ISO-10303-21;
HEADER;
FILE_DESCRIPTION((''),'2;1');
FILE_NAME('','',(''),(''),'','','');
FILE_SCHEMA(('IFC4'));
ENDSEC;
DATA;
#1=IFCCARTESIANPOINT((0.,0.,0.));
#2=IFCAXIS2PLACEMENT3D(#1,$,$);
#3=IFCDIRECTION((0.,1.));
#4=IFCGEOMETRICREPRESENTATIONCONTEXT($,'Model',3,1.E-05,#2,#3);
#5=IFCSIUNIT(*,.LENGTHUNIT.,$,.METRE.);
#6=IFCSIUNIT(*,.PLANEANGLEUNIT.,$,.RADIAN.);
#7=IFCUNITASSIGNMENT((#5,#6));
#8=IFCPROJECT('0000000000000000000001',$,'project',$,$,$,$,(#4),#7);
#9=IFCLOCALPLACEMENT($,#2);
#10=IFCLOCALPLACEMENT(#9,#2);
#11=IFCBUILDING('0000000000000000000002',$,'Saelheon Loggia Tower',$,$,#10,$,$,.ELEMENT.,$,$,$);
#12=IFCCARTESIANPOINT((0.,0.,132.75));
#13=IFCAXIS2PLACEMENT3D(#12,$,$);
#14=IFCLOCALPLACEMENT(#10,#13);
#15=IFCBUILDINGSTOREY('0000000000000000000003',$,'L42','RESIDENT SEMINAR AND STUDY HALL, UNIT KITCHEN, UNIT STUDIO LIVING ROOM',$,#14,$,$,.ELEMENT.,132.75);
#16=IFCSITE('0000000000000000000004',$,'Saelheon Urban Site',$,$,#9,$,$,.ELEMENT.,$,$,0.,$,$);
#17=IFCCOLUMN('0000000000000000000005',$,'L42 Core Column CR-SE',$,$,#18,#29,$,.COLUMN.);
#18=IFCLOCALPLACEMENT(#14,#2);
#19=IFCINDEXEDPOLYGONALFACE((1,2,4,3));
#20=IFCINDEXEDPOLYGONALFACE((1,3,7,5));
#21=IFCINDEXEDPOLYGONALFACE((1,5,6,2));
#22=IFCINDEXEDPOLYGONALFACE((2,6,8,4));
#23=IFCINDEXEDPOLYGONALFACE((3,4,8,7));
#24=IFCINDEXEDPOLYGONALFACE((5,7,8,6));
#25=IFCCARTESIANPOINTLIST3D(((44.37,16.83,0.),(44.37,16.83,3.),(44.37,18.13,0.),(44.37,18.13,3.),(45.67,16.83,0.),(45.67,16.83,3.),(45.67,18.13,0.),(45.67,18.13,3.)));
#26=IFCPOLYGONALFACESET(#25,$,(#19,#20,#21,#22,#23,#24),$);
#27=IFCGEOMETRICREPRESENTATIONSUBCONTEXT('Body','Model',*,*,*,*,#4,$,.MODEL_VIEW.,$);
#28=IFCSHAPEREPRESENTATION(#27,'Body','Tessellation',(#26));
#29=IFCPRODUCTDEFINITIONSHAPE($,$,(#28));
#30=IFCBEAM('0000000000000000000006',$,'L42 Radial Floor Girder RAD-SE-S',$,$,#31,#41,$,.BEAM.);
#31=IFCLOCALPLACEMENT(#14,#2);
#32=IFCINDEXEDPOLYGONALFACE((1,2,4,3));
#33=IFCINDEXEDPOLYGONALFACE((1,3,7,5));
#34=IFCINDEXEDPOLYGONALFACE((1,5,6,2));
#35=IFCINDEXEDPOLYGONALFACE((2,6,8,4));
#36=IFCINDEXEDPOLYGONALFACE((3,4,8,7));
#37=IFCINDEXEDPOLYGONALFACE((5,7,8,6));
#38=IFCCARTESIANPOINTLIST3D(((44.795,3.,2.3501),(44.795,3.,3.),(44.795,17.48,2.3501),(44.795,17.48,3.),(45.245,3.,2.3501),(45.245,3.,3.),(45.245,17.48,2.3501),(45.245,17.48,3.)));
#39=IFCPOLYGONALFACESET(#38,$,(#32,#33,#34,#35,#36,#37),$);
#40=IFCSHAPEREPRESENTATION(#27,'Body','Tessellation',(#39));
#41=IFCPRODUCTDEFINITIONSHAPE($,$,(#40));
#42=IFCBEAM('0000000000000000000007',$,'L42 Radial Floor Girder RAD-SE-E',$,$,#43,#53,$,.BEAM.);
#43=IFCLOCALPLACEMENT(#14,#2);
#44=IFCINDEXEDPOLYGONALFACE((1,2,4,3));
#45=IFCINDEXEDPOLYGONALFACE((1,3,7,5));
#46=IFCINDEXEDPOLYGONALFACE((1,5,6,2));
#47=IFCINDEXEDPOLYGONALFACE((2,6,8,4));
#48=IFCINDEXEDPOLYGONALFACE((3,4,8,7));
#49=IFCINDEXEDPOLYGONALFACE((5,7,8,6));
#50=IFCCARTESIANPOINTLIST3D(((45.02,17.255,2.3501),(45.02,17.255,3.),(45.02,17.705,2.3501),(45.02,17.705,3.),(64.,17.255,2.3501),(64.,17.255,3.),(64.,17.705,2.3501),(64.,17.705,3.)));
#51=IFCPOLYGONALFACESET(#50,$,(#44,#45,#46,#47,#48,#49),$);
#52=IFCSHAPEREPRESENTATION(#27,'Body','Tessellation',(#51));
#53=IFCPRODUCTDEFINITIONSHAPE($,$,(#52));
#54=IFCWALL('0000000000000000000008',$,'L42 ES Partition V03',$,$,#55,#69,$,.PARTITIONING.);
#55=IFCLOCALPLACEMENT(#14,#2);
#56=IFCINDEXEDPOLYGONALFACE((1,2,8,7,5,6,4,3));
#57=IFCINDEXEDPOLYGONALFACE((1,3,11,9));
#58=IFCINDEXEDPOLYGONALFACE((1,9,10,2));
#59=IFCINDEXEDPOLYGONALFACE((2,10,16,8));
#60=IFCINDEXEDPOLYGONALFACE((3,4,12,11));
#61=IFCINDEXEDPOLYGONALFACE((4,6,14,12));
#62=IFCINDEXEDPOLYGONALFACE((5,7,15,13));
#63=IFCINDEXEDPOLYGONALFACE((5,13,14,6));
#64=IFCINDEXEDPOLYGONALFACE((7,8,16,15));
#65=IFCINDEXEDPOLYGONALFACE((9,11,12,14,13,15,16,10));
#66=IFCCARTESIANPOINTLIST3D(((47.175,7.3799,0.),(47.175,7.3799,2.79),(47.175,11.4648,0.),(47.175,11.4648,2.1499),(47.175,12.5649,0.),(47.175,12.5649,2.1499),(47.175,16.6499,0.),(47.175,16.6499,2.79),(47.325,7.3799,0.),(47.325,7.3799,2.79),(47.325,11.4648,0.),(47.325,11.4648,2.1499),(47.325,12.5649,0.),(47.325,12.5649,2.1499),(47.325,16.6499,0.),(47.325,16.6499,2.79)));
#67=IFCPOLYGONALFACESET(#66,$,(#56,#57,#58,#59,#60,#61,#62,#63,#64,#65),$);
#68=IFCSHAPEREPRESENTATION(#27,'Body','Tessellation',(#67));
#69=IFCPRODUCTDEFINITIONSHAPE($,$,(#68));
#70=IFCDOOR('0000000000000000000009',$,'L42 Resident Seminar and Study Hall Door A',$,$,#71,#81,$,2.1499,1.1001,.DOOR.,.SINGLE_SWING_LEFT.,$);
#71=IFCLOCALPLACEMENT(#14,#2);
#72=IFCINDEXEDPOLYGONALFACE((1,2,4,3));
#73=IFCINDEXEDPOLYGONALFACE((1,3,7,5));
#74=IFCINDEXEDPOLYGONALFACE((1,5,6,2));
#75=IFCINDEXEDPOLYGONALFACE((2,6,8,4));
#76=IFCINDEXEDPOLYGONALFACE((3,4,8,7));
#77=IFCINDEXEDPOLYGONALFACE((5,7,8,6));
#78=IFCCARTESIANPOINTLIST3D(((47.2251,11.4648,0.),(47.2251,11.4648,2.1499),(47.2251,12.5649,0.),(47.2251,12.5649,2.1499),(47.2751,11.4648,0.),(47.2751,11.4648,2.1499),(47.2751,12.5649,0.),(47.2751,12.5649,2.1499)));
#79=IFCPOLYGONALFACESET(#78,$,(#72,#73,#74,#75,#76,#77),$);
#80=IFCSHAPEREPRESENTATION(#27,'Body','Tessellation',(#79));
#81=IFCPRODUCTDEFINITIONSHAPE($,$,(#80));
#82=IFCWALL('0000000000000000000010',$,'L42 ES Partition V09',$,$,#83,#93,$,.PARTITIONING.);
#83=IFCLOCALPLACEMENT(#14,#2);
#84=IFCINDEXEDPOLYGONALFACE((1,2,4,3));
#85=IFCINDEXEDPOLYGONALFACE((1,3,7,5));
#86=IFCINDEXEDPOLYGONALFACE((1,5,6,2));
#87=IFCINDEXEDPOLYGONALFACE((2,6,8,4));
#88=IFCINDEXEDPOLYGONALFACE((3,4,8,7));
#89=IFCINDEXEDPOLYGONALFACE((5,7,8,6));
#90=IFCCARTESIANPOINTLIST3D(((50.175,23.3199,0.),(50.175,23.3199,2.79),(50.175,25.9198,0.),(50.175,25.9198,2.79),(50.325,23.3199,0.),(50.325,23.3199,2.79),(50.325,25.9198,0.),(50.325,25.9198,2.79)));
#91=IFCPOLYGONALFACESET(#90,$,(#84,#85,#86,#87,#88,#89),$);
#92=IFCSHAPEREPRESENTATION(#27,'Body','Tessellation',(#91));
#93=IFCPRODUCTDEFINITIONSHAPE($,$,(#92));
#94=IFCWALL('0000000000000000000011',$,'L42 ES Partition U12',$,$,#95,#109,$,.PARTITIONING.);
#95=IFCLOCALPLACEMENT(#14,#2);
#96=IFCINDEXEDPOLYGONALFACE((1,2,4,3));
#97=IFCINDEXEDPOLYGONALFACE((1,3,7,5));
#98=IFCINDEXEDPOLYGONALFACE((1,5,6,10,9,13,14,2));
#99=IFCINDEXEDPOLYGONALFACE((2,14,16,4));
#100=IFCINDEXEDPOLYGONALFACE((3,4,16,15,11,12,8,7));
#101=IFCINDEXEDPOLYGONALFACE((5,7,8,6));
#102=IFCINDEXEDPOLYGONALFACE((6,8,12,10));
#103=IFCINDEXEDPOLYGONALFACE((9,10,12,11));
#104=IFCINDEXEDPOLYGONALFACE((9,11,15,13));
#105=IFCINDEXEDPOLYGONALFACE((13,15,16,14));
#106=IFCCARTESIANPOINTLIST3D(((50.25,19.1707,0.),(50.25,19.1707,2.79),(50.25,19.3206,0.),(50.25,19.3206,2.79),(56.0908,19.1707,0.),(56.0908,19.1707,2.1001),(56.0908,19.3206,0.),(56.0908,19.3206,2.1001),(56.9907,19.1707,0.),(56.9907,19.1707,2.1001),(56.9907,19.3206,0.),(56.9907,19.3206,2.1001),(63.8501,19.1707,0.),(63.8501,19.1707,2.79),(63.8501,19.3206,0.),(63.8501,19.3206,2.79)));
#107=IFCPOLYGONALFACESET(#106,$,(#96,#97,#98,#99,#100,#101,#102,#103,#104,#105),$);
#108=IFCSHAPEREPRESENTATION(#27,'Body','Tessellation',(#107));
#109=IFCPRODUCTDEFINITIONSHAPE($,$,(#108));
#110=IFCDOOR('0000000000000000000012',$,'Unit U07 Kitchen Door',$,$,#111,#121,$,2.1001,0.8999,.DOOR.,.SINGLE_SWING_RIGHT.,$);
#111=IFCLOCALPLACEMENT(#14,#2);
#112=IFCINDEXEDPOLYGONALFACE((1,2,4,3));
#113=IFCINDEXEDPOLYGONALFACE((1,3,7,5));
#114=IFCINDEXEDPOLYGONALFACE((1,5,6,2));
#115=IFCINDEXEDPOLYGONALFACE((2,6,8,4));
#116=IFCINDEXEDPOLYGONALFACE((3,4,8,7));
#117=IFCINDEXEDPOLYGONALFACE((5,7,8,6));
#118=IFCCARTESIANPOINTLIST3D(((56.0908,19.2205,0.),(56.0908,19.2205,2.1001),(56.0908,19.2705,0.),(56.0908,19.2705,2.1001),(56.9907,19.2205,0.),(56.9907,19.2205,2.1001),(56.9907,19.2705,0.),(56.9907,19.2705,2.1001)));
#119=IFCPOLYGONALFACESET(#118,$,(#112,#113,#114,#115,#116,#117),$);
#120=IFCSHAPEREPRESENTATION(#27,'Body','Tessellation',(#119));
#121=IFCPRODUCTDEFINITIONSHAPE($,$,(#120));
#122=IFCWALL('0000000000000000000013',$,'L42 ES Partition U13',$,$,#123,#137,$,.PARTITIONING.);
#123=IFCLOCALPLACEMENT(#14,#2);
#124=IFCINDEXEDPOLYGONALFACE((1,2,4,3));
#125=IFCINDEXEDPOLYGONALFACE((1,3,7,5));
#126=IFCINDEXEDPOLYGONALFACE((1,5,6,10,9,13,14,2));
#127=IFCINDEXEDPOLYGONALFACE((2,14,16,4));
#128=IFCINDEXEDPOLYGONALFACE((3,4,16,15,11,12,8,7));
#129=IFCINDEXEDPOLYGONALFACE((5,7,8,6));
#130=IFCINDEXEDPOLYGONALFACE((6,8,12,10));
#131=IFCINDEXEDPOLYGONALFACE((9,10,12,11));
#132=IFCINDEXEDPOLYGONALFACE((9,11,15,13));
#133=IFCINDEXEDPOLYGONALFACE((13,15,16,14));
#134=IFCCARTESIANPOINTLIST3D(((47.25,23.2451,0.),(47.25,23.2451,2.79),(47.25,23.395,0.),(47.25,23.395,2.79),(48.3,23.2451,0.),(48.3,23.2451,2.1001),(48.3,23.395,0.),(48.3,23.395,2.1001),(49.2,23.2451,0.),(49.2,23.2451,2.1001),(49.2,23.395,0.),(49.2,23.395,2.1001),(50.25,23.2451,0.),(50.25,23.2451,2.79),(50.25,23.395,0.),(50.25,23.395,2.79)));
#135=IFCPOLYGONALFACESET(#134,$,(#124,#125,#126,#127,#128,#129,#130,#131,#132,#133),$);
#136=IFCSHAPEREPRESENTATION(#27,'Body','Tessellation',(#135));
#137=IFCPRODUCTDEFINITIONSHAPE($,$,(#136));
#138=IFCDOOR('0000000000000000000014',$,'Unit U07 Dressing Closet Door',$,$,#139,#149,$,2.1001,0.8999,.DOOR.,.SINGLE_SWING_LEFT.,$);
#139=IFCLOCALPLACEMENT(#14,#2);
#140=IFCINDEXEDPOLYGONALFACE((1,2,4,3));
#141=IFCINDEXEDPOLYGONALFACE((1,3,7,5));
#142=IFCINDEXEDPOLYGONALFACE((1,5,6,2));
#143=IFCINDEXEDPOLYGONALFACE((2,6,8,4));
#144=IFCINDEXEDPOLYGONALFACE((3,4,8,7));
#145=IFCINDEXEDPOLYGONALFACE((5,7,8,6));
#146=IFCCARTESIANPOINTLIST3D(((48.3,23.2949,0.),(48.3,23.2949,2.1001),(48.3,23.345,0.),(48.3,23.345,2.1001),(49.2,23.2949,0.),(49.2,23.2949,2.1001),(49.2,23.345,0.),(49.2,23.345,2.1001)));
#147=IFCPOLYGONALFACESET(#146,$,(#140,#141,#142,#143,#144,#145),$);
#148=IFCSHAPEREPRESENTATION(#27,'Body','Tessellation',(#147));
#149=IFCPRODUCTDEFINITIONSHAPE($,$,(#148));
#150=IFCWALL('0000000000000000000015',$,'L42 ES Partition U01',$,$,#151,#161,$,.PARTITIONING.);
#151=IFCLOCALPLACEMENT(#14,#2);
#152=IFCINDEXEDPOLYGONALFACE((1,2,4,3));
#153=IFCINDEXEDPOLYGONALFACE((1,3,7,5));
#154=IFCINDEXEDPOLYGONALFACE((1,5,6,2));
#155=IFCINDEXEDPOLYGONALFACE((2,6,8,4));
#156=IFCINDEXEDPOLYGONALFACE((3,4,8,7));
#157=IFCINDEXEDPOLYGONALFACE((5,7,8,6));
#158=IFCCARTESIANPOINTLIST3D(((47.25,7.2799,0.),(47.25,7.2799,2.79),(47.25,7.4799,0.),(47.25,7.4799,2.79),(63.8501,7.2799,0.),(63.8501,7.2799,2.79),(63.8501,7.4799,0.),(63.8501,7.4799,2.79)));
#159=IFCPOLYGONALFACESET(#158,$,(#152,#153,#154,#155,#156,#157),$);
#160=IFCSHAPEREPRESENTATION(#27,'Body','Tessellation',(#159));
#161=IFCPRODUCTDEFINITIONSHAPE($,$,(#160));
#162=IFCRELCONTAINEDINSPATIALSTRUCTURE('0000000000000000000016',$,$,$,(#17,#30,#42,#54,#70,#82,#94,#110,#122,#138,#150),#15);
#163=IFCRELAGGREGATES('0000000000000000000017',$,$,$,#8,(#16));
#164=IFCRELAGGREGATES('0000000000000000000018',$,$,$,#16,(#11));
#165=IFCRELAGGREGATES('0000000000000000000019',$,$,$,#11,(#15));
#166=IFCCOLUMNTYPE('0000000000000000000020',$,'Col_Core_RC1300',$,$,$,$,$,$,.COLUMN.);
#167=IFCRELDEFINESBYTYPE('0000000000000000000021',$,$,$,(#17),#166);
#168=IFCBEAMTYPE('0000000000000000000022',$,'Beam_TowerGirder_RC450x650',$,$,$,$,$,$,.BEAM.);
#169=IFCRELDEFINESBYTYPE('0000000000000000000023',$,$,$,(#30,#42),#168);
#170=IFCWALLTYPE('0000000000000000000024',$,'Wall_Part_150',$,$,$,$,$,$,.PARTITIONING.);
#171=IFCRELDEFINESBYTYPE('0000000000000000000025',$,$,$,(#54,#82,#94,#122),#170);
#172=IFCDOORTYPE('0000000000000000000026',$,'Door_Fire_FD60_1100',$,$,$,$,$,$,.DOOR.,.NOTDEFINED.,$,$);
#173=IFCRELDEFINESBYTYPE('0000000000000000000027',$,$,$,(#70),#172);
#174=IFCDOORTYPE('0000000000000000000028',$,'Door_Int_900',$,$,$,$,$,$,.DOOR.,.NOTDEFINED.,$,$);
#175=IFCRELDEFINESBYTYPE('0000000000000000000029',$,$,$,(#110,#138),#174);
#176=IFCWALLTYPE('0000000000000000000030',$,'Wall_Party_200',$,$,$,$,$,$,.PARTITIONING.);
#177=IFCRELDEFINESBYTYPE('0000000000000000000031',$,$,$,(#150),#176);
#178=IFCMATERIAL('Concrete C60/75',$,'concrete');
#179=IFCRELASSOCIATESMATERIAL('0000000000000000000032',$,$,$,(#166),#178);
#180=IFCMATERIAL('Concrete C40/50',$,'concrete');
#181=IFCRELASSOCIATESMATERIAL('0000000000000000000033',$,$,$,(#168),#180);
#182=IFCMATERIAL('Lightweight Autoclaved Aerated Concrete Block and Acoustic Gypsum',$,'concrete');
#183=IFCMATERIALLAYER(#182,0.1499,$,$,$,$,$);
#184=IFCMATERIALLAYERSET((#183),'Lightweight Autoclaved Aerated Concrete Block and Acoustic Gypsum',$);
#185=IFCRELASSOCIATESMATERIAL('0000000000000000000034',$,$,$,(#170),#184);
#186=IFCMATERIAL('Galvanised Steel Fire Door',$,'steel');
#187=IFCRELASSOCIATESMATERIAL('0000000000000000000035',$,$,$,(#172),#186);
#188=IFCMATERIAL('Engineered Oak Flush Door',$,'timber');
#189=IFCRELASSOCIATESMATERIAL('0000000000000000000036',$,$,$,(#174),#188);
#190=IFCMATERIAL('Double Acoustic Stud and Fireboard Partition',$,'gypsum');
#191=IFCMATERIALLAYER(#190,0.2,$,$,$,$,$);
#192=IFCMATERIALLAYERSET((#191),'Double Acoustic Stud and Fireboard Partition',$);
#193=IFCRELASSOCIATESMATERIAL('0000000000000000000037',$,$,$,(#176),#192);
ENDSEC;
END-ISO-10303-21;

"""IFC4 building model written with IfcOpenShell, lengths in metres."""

from ifc_helpers import new_model, si_unit, direction, frame, frame_2d, origin, origin_2d, place, context, subcontext, project, spatial, rectangle, extrude, source, transform, mapped, material, layer, layer_set, material_profile, profile_set, type_object, element, fill, save


model = new_model("IFC4")

# Units and contexts
model_context = context("Model", 3, precision=1e-05, world=origin(), true_north=direction((0.0, 1.0)))
body_context = subcontext(model_context, "Body", "Model", "MODEL_VIEW")
ifc_project = project(units=[si_unit("LENGTHUNIT", "METRE"), si_unit("PLANEANGLEUNIT", "RADIAN")], contexts=[model_context])

# Site, building, storey
site_placement = place(None, origin())
site = spatial("IfcSite", under=ifc_project, at=site_placement, Name="Saelheon Urban Site", CompositionType="ELEMENT", RefElevation=0.0)
building_placement = place(site_placement, origin())
building = spatial("IfcBuilding", under=site, at=building_placement, Name="Saelheon Loggia Tower", CompositionType="ELEMENT")
storey_placement = place(building_placement, frame((0.0, 0.0, 132.75)))
storey = spatial("IfcBuildingStorey", under=building, at=storey_placement, Name="L42", Description="RESIDENT SEMINAR AND STUDY HALL, UNIT KITCHEN, UNIT STUDIO LIVING ROOM", CompositionType="ELEMENT", Elevation=132.75)

# Column
ifc_material_1 = material(Name="Concrete C60/75", Category="concrete")
ifc_material_profile_1 = material_profile(ifc_material_1, rectangle(XDim=1.3, YDim=1.3, at=origin_2d()), Name="RC-1300x1300")
ifc_profile_set_1 = profile_set([ifc_material_profile_1], Name="Concrete C60/75")
column_type = type_object("IfcColumnType", Name="Col_Core_RC1300", PredefinedType="COLUMN", material=ifc_profile_set_1)
shared_shape_1 = source(origin(), body_context, "Body", "SweptSolid", [
    extrude(rectangle(XDim=1.3, YDim=1.3, at=origin_2d()), origin(), (0.0, 0.0, 1.0), 3.0),
])
column_placement = place(storey_placement, frame((45.02, 17.48, 0.0), z_axis=(0.0, 0.0, 1.0), x_axis=(1.0, 0.0, 0.0)))
element("IfcColumn", 1, at=column_placement, inside=storey, type_object=column_type, Name="L42 Core Column CR-SE", PredefinedType="COLUMN", context=body_context, shape_type="MappedRepresentation", body=[
    mapped(shared_shape_1, transform((0.0, 0.0, 0.0), scale=1.0)),
])

# Beams
ifc_material_2 = material(Name="Concrete C40/50", Category="concrete")
ifc_material_profile_2 = material_profile(ifc_material_2, rectangle(XDim=0.45, YDim=0.6499, at=origin_2d()), Name="RC-450x650")
ifc_profile_set_2 = profile_set([ifc_material_profile_2], Name="Concrete C40/50")
beam_type = type_object("IfcBeamType", Name="Beam_TowerGirder_RC450x650", PredefinedType="BEAM", material=ifc_profile_set_2)
shared_shape_2 = source(origin(), body_context, "Body", "SweptSolid", [
    extrude(rectangle(XDim=0.45, YDim=0.6499, at=origin_2d()), origin(), (0.0, 0.0, 1.0), 14.48),
])
beam_1_placement = place(storey_placement, frame((45.02, 17.48, 2.675), z_axis=(0.0, -1.0, 0.0), x_axis=(1.0, 0.0, 0.0)))
element("IfcBeam", 2, at=beam_1_placement, inside=storey, type_object=beam_type, Name="L42 Radial Floor Girder RAD-SE-S", PredefinedType="BEAM", context=body_context, shape_type="MappedRepresentation", body=[
    mapped(shared_shape_2, transform((0.0, 0.0, 0.0), scale=1.0)),
])
shared_shape_3 = source(origin(), body_context, "Body", "SweptSolid", [
    extrude(rectangle(XDim=0.45, YDim=0.6499, at=origin_2d()), origin(), (0.0, 0.0, 1.0), 18.98),
])
beam_2_placement = place(storey_placement, frame((45.02, 17.48, 2.675), z_axis=(1.0, 0.0, 0.0), x_axis=(0.0, 1.0, 0.0)))
element("IfcBeam", 3, at=beam_2_placement, inside=storey, type_object=beam_type, Name="L42 Radial Floor Girder RAD-SE-E", PredefinedType="BEAM", context=body_context, shape_type="MappedRepresentation", body=[
    mapped(shared_shape_3, transform((0.0, 0.0, 0.0), scale=1.0)),
])

# Wall, opening, door
ifc_material_3 = material(Name="Lightweight Autoclaved Aerated Concrete Block and Acoustic Gypsum", Category="concrete")
ifc_layer_1 = layer(ifc_material_3, 0.1499)
ifc_layer_set_1 = layer_set([ifc_layer_1], Name="Lightweight Autoclaved Aerated Concrete Block and Acoustic Gypsum")
wall_type_1 = type_object("IfcWallType", Name="Wall_Part_150", PredefinedType="PARTITIONING", material=ifc_layer_set_1)
wall_1_placement = place(storey_placement, frame((47.25, 7.3799, 0.0), z_axis=(0.0, 0.0, 1.0), x_axis=(0.0, 1.0, 0.0)))
wall_1 = element("IfcWall", 4, at=wall_1_placement, inside=storey, type_object=wall_type_1, Name="L42 ES Partition V03", PredefinedType="PARTITIONING", context=body_context, shape_type="SweptSolid", body=[
    extrude(rectangle(XDim=9.27, YDim=0.1499, at=frame_2d((4.635, 0.0))), origin(), (0.0, 0.0, 1.0), 2.79),
])
opening_1_placement = place(wall_1_placement, frame((4.085, 0.0, 0.0)))
opening_1 = element("IfcOpeningElement", 5, at=opening_1_placement, cuts=wall_1, PredefinedType="OPENING", context=body_context, shape_type="SweptSolid", body=[
    extrude(rectangle(XDim=1.1001, YDim=2.1499, at=frame_2d((0.55, 1.075))), frame((0.0, 0.0869, 0.0), z_axis=(0.0, -1.0, 0.0), x_axis=(1.0, 0.0, 0.0)), (0.0, 0.0, 1.0), 0.1738),
])
ifc_material_4 = material(Name="Galvanised Steel Fire Door", Category="steel")
door_type_1 = type_object("IfcDoorType", Name="Door_Fire_FD60_1100", OperationType="NOTDEFINED", PredefinedType="DOOR", material=ifc_material_4)
shared_shape_4 = source(origin(), body_context, "Body", "SweptSolid", [
    extrude(rectangle(XDim=1.1001, YDim=2.1499, at=frame_2d((0.55, 1.075))), frame((0.0, 0.0249, 0.0), z_axis=(0.0, -1.0, 0.0), x_axis=(1.0, 0.0, 0.0)), (0.0, 0.0, 1.0), 0.05),
])
door_1_placement = place(opening_1_placement, origin())
door_1 = element("IfcDoor", 6, at=door_1_placement, inside=storey, type_object=door_type_1, Name="L42 Resident Seminar and Study Hall Door A", OperationType="SINGLE_SWING_LEFT", OverallHeight=2.1499, OverallWidth=1.1001, PredefinedType="DOOR", context=body_context, shape_type="MappedRepresentation", body=[
    mapped(shared_shape_4, transform((0.0, 0.0, 0.0), scale=1.0)),
])
fill(opening_1, door_1)

# Wall
wall_2_placement = place(storey_placement, frame((50.25, 23.3201, 0.0), z_axis=(0.0, 0.0, 1.0), x_axis=(0.0, 1.0, 0.0)))
element("IfcWall", 7, at=wall_2_placement, inside=storey, type_object=wall_type_1, Name="L42 ES Partition V09", PredefinedType="PARTITIONING", context=body_context, shape_type="SweptSolid", body=[
    extrude(rectangle(XDim=2.5999, YDim=0.1499, at=frame_2d((1.2998, 0.0))), origin(), (0.0, 0.0, 1.0), 2.79),
])

# Walls, openings, doors
wall_3_placement = place(storey_placement, frame((50.25, 19.2456, 0.0), z_axis=(0.0, 0.0, 1.0), x_axis=(1.0, 0.0, 0.0)))
wall_3 = element("IfcWall", 8, at=wall_3_placement, inside=storey, type_object=wall_type_1, Name="L42 ES Partition U12", PredefinedType="PARTITIONING", context=body_context, shape_type="SweptSolid", body=[
    extrude(rectangle(XDim=13.6001, YDim=0.1499, at=frame_2d((6.8, 0.0))), origin(), (0.0, 0.0, 1.0), 2.79),
])
opening_2_placement = place(wall_3_placement, frame((5.8408, 0.0, 0.0)))
opening_2 = element("IfcOpeningElement", 9, at=opening_2_placement, cuts=wall_3, PredefinedType="OPENING", context=body_context, shape_type="SweptSolid", body=[
    extrude(rectangle(XDim=0.8999, YDim=2.1001, at=frame_2d((0.45, 1.05))), frame((0.0, 0.0869, 0.0), z_axis=(0.0, -1.0, 0.0), x_axis=(1.0, 0.0, 0.0)), (0.0, 0.0, 1.0), 0.1738),
])
ifc_material_5 = material(Name="Engineered Oak Flush Door", Category="timber")
door_type_2 = type_object("IfcDoorType", Name="Door_Int_900", OperationType="NOTDEFINED", PredefinedType="DOOR", material=ifc_material_5)
shared_shape_5 = source(origin(), body_context, "Body", "SweptSolid", [
    extrude(rectangle(XDim=0.8999, YDim=2.1001, at=frame_2d((0.45, 1.05))), frame((0.0, 0.0249, 0.0), z_axis=(0.0, -1.0, 0.0), x_axis=(1.0, 0.0, 0.0)), (0.0, 0.0, 1.0), 0.05),
])
door_2_placement = place(opening_2_placement, origin())
door_2 = element("IfcDoor", 10, at=door_2_placement, inside=storey, type_object=door_type_2, Name="Unit U07 Kitchen Door", OperationType="SINGLE_SWING_RIGHT", OverallHeight=2.1001, OverallWidth=0.8999, PredefinedType="DOOR", context=body_context, shape_type="MappedRepresentation", body=[
    mapped(shared_shape_5, transform((0.0, 0.0, 0.0), scale=1.0)),
])
fill(opening_2, door_2)
wall_4_placement = place(storey_placement, frame((47.25, 23.3201, 0.0), z_axis=(0.0, 0.0, 1.0), x_axis=(1.0, 0.0, 0.0)))
wall_4 = element("IfcWall", 11, at=wall_4_placement, inside=storey, type_object=wall_type_1, Name="L42 ES Partition U13", PredefinedType="PARTITIONING", context=body_context, shape_type="SweptSolid", body=[
    extrude(rectangle(XDim=3.0, YDim=0.1499, at=frame_2d((1.5, 0.0))), origin(), (0.0, 0.0, 1.0), 2.79),
])
opening_3_placement = place(wall_4_placement, frame((1.05, 0.0, 0.0)))
opening_3 = element("IfcOpeningElement", 12, at=opening_3_placement, cuts=wall_4, PredefinedType="OPENING", context=body_context, shape_type="SweptSolid", body=[
    extrude(rectangle(XDim=0.8999, YDim=2.1001, at=frame_2d((0.45, 1.05))), frame((0.0, 0.0869, 0.0), z_axis=(0.0, -1.0, 0.0), x_axis=(1.0, 0.0, 0.0)), (0.0, 0.0, 1.0), 0.1738),
])
door_3_placement = place(opening_3_placement, origin())
door_3 = element("IfcDoor", 13, at=door_3_placement, inside=storey, type_object=door_type_2, Name="Unit U07 Dressing Closet Door", OperationType="SINGLE_SWING_LEFT", OverallHeight=2.1001, OverallWidth=0.8999, PredefinedType="DOOR", context=body_context, shape_type="MappedRepresentation", body=[
    mapped(shared_shape_5, transform((0.0, 0.0, 0.0), scale=1.0)),
])
fill(opening_3, door_3)

# Wall
ifc_material_6 = material(Name="Double Acoustic Stud and Fireboard Partition", Category="gypsum")
ifc_layer_2 = layer(ifc_material_6, 0.2)
ifc_layer_set_2 = layer_set([ifc_layer_2], Name="Double Acoustic Stud and Fireboard Partition")
wall_type_2 = type_object("IfcWallType", Name="Wall_Party_200", PredefinedType="PARTITIONING", material=ifc_layer_set_2)
for number, where, z_axis, x_axis, name in (
    (14, (47.25, 7.3799, 0.0), (0.0, 0.0, 1.0), (1.0, 0.0, 0.0), "L42 ES Partition U01"),
):
    element("IfcWall", number, at=place(storey_placement, frame(where, z_axis=z_axis, x_axis=x_axis)), inside=storey, type_object=wall_type_2, Name=name, PredefinedType="PARTITIONING", context=body_context, shape_type="SweptSolid", body=[
        extrude(rectangle(XDim=16.6001, YDim=0.2, at=frame_2d((8.3, 0.0))), origin(), (0.0, 0.0, 1.0), 2.79),
    ])

save(model, "model.ifc")
